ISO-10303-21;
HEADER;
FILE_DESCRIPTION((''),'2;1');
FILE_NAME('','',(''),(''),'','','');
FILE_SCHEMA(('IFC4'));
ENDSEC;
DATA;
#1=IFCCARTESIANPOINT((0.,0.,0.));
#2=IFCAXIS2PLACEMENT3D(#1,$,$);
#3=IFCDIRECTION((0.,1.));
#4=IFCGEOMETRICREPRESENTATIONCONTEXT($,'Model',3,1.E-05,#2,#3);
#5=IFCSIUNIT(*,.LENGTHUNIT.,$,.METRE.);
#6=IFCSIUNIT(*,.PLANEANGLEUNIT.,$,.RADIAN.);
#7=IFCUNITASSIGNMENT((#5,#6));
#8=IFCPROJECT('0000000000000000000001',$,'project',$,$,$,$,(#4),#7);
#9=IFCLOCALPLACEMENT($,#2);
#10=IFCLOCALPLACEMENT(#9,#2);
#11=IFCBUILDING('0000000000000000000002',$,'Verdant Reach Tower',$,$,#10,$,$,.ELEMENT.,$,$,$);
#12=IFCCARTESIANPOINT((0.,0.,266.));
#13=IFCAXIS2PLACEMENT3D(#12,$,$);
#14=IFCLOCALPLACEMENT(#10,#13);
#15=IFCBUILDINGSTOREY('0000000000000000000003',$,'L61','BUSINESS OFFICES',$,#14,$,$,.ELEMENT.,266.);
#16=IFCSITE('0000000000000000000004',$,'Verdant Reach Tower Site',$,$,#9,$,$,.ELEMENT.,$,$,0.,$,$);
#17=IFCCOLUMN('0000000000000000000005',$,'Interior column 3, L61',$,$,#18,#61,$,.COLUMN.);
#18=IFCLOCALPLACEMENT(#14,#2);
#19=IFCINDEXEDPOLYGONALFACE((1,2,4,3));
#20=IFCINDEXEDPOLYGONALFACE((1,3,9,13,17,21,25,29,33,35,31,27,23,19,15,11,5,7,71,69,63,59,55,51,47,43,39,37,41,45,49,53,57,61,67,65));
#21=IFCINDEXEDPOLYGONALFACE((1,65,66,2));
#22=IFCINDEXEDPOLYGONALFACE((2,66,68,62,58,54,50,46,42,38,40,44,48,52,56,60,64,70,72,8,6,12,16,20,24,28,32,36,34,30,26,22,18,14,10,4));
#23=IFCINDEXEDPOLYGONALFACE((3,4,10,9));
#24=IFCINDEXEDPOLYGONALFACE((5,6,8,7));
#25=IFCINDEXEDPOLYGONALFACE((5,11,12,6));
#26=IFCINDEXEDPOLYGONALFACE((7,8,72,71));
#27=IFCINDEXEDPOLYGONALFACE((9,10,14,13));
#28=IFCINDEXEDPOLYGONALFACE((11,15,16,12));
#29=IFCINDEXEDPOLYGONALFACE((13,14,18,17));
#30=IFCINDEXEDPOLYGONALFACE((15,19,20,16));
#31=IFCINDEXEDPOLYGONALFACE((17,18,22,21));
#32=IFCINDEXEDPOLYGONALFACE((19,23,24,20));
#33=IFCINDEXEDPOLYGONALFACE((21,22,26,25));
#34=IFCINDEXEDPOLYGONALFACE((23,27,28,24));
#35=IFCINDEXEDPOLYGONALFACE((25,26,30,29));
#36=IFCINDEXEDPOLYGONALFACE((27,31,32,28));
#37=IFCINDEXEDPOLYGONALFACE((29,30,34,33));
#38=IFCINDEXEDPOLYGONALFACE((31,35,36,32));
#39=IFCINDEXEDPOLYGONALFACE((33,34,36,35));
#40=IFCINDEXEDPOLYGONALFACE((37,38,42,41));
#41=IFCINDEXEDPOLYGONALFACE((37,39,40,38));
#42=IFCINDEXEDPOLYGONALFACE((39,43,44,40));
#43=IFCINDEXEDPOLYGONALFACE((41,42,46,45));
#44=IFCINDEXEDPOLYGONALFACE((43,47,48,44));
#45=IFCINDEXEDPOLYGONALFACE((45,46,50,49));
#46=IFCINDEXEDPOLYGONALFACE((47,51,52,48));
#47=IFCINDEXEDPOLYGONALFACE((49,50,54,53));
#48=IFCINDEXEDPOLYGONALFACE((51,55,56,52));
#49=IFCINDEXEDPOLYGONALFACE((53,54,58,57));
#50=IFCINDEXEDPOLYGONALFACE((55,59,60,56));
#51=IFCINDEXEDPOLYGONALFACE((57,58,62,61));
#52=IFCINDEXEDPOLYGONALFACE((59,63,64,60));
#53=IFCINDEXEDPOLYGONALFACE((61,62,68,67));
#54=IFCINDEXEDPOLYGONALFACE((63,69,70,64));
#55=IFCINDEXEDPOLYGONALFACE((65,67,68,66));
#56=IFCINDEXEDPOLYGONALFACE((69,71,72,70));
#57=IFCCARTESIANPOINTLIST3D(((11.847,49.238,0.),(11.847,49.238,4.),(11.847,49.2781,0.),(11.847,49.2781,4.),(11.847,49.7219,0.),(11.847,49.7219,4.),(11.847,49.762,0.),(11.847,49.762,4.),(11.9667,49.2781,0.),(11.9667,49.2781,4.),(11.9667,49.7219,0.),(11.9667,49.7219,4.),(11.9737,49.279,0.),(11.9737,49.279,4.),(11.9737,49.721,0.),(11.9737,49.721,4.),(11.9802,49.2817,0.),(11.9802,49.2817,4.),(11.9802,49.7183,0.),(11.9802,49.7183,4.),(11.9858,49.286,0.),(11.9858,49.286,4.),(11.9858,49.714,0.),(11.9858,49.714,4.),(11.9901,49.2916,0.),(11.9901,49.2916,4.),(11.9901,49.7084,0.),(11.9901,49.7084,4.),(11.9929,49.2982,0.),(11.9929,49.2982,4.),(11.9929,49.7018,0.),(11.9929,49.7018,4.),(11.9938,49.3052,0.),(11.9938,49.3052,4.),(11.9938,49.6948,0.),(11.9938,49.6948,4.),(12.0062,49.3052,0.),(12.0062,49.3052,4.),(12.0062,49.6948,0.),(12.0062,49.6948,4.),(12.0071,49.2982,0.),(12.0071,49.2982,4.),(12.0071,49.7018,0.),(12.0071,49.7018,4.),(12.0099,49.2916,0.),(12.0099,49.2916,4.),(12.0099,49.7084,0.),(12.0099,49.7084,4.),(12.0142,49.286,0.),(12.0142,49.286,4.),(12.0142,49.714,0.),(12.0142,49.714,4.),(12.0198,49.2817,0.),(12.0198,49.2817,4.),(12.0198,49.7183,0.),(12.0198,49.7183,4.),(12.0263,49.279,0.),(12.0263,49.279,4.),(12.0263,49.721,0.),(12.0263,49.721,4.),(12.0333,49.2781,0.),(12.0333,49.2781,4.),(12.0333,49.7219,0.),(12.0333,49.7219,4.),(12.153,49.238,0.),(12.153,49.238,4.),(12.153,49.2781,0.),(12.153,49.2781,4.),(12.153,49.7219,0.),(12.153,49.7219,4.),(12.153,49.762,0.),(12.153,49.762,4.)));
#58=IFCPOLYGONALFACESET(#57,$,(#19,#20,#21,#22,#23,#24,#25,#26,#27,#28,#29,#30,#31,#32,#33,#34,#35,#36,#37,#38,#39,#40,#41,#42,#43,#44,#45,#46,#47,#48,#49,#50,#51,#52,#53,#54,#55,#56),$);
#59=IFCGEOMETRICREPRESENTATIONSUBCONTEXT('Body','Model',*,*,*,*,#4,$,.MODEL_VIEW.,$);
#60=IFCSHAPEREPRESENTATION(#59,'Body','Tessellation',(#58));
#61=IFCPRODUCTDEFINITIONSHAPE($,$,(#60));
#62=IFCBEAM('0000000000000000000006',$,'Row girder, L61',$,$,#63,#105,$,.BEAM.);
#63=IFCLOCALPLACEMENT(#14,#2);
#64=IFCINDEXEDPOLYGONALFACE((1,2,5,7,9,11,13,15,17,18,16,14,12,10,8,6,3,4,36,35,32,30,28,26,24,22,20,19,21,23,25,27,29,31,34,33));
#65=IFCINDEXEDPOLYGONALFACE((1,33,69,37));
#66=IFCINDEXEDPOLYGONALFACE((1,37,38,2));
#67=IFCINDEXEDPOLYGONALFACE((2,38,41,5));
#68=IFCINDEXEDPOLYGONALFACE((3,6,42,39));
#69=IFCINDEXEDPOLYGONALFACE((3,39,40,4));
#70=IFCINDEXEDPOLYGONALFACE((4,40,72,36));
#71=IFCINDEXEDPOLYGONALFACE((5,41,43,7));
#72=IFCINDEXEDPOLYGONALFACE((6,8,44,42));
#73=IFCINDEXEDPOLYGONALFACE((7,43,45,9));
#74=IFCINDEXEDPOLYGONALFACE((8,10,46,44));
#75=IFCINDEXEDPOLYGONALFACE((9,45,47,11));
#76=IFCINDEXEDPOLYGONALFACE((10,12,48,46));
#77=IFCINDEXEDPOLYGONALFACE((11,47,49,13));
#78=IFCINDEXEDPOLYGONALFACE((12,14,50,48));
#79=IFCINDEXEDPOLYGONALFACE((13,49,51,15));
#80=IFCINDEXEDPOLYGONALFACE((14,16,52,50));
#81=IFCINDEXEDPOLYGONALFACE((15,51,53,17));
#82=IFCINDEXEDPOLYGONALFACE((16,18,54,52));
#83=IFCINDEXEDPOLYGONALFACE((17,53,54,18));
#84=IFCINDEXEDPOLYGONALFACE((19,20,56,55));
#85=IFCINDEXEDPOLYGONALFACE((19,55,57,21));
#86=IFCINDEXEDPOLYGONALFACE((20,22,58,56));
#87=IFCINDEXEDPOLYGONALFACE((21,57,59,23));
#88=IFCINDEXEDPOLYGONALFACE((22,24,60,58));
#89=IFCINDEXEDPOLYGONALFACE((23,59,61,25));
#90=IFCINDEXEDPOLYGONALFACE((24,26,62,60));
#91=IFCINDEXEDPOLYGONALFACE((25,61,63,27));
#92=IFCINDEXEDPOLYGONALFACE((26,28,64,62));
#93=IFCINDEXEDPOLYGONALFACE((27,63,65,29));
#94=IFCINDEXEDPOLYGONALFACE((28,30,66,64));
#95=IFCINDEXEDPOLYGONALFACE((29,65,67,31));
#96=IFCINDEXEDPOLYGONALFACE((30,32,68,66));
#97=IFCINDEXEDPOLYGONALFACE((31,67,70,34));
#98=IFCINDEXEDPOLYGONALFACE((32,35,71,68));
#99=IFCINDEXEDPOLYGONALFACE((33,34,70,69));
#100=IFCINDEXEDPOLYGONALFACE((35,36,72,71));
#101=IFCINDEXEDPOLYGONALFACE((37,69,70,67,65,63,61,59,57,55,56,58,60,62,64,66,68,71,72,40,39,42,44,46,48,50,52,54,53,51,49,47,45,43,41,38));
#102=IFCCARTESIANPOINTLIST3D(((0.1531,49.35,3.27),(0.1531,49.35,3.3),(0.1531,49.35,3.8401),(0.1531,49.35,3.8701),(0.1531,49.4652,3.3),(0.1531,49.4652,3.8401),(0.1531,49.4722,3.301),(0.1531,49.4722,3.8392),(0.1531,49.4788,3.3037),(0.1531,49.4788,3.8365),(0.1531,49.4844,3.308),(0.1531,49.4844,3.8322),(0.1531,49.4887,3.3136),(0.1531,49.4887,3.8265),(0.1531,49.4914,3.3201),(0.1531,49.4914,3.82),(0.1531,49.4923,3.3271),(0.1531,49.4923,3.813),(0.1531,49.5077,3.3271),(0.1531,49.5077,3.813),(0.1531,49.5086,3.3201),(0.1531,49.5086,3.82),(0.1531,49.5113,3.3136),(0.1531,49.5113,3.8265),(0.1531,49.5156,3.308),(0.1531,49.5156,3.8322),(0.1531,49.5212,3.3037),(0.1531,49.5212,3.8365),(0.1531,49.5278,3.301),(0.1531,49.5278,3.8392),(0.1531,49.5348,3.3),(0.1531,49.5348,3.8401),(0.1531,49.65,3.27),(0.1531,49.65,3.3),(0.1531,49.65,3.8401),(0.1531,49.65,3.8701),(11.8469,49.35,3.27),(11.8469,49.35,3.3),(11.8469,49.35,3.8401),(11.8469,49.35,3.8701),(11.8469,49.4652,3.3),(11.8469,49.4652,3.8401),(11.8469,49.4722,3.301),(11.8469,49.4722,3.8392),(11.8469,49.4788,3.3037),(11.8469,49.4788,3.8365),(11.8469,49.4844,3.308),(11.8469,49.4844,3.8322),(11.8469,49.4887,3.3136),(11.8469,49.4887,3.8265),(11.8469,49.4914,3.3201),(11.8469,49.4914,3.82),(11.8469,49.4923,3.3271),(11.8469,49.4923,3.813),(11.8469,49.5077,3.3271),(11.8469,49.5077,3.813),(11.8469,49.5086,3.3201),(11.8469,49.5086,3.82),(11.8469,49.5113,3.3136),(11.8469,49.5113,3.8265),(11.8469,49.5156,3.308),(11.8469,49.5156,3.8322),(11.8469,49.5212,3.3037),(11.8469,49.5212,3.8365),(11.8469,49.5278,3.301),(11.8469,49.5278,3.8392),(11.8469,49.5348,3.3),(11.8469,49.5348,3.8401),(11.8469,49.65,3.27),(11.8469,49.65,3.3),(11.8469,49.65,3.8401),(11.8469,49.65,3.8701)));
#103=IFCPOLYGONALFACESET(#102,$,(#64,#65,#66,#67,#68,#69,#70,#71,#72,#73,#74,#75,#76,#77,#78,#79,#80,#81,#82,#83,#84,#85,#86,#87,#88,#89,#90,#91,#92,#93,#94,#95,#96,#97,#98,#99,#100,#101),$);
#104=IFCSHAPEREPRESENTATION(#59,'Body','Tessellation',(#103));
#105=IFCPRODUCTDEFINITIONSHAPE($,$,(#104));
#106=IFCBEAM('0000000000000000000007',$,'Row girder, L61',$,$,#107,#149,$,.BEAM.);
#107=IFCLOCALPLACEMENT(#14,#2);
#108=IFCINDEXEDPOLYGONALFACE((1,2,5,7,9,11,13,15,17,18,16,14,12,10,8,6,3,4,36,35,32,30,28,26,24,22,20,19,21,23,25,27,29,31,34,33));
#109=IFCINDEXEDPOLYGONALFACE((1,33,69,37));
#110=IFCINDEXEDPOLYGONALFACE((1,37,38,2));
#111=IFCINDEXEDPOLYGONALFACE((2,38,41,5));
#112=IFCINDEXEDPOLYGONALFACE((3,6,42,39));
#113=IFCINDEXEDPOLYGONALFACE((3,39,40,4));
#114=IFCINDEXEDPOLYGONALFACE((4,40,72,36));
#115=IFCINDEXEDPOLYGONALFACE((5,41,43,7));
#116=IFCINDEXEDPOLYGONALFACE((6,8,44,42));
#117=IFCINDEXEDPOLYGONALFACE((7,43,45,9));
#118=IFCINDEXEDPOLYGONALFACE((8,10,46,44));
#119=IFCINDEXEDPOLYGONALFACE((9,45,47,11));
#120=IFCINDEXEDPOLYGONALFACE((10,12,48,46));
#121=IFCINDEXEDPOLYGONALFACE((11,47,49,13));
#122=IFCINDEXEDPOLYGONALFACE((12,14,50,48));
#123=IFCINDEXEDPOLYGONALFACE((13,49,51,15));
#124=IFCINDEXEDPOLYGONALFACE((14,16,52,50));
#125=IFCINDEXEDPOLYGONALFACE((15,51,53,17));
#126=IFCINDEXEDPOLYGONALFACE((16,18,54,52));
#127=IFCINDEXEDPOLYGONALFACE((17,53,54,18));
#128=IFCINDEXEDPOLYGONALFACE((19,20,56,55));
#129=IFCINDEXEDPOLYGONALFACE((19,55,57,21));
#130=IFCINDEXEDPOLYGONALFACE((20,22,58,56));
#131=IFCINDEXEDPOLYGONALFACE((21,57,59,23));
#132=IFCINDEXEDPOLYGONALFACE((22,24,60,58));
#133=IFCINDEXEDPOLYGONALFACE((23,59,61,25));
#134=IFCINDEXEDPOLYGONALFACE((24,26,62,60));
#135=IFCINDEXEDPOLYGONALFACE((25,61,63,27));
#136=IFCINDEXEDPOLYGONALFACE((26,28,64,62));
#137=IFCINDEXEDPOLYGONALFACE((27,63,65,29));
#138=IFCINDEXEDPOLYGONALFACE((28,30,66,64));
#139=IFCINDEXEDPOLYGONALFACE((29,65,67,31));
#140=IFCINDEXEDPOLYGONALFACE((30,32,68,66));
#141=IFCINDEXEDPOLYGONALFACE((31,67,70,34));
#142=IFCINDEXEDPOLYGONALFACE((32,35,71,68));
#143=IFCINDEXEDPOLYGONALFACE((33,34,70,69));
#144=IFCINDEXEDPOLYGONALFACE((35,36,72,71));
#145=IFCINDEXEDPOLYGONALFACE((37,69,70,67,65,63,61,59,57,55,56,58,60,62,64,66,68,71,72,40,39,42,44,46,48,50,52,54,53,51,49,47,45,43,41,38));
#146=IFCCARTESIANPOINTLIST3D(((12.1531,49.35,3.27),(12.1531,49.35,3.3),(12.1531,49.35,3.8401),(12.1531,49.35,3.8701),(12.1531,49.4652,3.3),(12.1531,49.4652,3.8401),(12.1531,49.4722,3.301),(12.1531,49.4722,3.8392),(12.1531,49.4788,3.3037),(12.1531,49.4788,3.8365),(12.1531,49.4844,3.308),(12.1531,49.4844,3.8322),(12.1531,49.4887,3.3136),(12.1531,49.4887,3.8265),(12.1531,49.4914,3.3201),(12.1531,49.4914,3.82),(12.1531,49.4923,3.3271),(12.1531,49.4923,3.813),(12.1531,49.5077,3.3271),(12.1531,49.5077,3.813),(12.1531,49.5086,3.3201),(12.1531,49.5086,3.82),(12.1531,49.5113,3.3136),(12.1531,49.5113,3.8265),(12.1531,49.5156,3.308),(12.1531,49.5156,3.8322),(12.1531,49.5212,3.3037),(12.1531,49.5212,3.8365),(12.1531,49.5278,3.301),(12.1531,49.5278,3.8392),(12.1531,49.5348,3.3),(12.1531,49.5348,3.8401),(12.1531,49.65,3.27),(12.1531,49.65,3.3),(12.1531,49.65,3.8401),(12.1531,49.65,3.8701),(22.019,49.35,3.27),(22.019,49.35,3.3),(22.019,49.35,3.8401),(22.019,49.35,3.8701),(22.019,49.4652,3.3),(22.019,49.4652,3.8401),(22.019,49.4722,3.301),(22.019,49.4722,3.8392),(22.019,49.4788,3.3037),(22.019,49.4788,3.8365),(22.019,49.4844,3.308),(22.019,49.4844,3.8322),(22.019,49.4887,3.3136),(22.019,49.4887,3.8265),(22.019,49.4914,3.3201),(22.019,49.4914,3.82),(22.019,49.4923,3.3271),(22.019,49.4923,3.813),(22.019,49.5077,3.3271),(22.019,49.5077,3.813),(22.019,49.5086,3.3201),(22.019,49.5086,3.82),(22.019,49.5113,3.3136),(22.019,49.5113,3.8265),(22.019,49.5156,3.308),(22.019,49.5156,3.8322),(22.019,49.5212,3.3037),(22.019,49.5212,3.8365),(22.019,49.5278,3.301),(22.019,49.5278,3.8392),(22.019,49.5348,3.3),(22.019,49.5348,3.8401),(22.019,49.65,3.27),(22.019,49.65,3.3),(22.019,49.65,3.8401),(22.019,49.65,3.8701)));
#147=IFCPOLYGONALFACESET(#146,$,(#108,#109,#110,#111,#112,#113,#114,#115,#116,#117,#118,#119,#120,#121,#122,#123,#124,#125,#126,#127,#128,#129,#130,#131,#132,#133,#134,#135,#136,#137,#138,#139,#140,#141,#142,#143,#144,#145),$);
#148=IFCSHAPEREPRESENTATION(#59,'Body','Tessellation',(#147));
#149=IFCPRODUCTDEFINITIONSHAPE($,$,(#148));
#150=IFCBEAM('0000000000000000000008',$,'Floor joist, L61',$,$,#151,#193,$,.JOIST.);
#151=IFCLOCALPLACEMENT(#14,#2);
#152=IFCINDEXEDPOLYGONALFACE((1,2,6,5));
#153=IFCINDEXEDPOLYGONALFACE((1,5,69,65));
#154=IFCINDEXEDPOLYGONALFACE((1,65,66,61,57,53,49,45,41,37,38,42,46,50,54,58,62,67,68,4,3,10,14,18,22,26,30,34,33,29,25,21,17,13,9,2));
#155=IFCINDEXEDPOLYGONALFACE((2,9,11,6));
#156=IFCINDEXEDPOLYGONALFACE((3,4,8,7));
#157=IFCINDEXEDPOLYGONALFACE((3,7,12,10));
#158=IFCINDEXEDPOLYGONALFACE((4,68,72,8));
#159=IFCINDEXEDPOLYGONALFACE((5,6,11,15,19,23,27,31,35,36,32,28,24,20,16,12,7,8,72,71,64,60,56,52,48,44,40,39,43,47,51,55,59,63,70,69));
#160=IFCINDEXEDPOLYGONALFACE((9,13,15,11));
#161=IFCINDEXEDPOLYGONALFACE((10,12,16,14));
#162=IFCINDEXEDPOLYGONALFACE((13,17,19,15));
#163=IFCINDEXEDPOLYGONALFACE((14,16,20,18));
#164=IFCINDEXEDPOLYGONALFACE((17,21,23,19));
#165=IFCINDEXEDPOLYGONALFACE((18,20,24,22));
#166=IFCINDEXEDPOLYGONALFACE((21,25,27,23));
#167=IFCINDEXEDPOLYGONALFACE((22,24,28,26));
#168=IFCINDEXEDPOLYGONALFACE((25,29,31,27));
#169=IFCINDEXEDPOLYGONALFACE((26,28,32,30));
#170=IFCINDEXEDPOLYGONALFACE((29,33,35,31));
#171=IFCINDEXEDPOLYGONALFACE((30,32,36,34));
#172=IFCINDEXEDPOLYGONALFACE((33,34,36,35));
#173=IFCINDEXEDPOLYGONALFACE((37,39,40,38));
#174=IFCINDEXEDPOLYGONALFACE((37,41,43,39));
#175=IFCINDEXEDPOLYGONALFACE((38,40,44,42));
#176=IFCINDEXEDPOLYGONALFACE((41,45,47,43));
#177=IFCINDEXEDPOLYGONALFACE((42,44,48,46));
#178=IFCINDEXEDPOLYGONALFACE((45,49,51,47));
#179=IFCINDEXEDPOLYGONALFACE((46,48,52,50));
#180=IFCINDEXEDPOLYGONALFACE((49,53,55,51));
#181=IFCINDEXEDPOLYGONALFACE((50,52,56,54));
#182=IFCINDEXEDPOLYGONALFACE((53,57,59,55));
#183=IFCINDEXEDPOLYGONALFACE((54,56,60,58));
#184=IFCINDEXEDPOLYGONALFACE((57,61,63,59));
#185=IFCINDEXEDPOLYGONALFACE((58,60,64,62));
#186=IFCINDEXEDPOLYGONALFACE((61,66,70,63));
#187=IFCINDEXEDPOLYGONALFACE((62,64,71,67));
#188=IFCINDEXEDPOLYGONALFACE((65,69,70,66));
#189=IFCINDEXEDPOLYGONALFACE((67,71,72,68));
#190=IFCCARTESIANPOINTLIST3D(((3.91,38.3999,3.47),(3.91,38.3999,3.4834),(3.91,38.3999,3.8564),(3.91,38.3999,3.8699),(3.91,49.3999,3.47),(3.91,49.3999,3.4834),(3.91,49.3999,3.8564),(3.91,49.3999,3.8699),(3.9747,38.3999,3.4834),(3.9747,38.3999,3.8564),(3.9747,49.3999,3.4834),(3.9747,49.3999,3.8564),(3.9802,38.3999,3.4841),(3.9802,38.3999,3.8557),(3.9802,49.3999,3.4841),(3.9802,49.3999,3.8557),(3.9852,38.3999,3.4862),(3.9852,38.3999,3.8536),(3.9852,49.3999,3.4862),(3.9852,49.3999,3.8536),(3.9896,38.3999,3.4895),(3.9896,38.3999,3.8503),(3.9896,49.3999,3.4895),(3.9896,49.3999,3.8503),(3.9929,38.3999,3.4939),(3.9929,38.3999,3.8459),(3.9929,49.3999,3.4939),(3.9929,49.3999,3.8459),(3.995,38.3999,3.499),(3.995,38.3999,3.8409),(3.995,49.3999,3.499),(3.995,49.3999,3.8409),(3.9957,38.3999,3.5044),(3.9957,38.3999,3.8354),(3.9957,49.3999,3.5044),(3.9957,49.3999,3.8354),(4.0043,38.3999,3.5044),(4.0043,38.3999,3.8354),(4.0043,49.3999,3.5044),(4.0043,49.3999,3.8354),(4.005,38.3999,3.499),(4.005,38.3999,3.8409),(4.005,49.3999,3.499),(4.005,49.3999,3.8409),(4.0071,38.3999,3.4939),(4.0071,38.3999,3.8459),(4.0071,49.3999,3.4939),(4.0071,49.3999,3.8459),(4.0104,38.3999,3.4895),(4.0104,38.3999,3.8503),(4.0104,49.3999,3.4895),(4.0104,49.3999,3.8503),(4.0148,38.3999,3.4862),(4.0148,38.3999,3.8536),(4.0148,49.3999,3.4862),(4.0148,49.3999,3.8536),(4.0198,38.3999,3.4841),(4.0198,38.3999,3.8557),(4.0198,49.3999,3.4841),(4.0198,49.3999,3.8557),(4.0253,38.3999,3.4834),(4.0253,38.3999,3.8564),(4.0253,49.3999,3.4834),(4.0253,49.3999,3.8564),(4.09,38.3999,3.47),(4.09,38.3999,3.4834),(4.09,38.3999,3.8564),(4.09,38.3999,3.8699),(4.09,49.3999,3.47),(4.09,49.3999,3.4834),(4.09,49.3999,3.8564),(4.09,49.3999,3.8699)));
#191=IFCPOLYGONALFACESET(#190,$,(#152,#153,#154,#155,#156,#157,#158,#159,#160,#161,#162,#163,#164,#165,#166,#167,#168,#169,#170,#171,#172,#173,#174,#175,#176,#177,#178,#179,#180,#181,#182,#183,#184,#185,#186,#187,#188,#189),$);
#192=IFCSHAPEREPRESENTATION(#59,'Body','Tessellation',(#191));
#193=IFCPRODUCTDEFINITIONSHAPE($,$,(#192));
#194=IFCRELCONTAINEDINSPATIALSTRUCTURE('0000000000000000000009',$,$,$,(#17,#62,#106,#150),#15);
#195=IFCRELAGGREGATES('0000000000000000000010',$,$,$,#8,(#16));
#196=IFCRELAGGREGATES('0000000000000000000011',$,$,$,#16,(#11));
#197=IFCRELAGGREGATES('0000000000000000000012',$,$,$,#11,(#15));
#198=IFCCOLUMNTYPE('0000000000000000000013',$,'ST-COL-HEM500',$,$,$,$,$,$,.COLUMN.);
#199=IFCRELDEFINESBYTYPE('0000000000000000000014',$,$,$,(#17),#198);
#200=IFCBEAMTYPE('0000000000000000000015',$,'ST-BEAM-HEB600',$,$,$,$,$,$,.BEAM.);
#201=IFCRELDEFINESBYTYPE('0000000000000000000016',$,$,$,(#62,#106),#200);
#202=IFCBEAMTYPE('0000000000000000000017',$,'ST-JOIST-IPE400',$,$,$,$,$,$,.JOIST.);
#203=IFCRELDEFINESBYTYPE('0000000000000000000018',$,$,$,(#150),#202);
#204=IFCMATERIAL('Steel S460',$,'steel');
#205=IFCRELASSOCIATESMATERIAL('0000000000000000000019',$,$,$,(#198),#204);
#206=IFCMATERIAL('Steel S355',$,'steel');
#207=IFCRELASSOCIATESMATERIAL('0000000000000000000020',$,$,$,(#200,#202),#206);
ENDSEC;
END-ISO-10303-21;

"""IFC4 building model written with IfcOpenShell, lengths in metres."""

from ifc_helpers import new_model, si_unit, direction, frame, origin, origin_2d, place, context, subcontext, project, spatial, i_section, extrude, material, material_profile, profile_set, type_object, element, save


model = new_model("IFC4")

# Units and contexts
model_context = context("Model", 3, precision=1e-05, world=origin(), true_north=direction((0.0, 1.0)))
body_context = subcontext(model_context, "Body", "Model", "MODEL_VIEW")
ifc_project = project(units=[si_unit("LENGTHUNIT", "METRE"), si_unit("PLANEANGLEUNIT", "RADIAN")], contexts=[model_context])

# Site, building, storey
site_placement = place(None, origin())
site = spatial("IfcSite", under=ifc_project, at=site_placement, Name="Verdant Reach Tower Site", CompositionType="ELEMENT", RefElevation=0.0)
building_placement = place(site_placement, origin())
building = spatial("IfcBuilding", under=site, at=building_placement, Name="Verdant Reach Tower", CompositionType="ELEMENT")
storey_placement = place(building_placement, frame((0.0, 0.0, 266.0)))
storey = spatial("IfcBuildingStorey", under=building, at=storey_placement, Name="L61", Description="BUSINESS OFFICES", CompositionType="ELEMENT", Elevation=266.0)

# Column
ifc_material_1 = material(Name="Steel S460", Category="steel")
ifc_material_profile_1 = material_profile(ifc_material_1, i_section(OverallWidth=0.3059, OverallDepth=0.5239, WebThickness=0.0125, FlangeThickness=0.04, FilletRadius=0.0271, at=origin_2d()), Name="HEM 500")
ifc_profile_set_1 = profile_set([ifc_material_profile_1], Name="Steel S460")
column_type = type_object("IfcColumnType", Name="ST-COL-HEM500", PredefinedType="COLUMN", material=ifc_profile_set_1)
column_placement = place(storey_placement, frame((12.0, 49.5, 0.0), z_axis=(0.0, 0.0, 1.0), x_axis=(1.0, 0.0, 0.0)))
element("IfcColumn", 1, at=column_placement, inside=storey, type_object=column_type, Name="Interior column 3, L61", PredefinedType="COLUMN", context=body_context, shape_type="SweptSolid", body=[
    extrude(i_section(OverallWidth=0.3059, OverallDepth=0.5239, WebThickness=0.0125, FlangeThickness=0.04, FilletRadius=0.0271, at=origin_2d()), origin(), (0.0, 0.0, 1.0), 4.0),
])

# Beams
ifc_material_2 = material(Name="Steel S355", Category="steel")
ifc_material_profile_2 = material_profile(ifc_material_2, i_section(OverallWidth=0.3, OverallDepth=0.6001, WebThickness=0.0154, FlangeThickness=0.03, FilletRadius=0.0271, at=origin_2d()), Name="HEB 600")
ifc_profile_set_2 = profile_set([ifc_material_profile_2], Name="Steel S355")
beam_type_1 = type_object("IfcBeamType", Name="ST-BEAM-HEB600", PredefinedType="BEAM", material=ifc_profile_set_2)
beam_1_placement = place(storey_placement, frame((0.1531, 49.5, 3.5701), z_axis=(1.0, 0.0, 0.0), x_axis=(0.0, 1.0, 0.0)))
element("IfcBeam", 2, at=beam_1_placement, inside=storey, type_object=beam_type_1, Name="Row girder, L61", PredefinedType="BEAM", context=body_context, shape_type="SweptSolid", body=[
    extrude(i_section(OverallWidth=0.3, OverallDepth=0.6001, WebThickness=0.0154, FlangeThickness=0.03, FilletRadius=0.0271, at=origin_2d()), origin(), (0.0, 0.0, 1.0), 11.6938),
])
beam_2_placement = place(storey_placement, frame((12.1531, 49.5, 3.5701), z_axis=(1.0, 0.0, 0.0), x_axis=(0.0, 1.0, 0.0)))
element("IfcBeam", 3, at=beam_2_placement, inside=storey, type_object=beam_type_1, Name="Row girder, L61", PredefinedType="BEAM", context=body_context, shape_type="SweptSolid", body=[
    extrude(i_section(OverallWidth=0.3, OverallDepth=0.6001, WebThickness=0.0154, FlangeThickness=0.03, FilletRadius=0.0271, at=origin_2d()), origin(), (0.0, 0.0, 1.0), 9.866),
])
ifc_material_profile_3 = material_profile(ifc_material_2, i_section(OverallWidth=0.1799, OverallDepth=0.3999, WebThickness=0.0085, FlangeThickness=0.0134, FilletRadius=0.021, at=origin_2d()), Name="IPE 400")
ifc_profile_set_3 = profile_set([ifc_material_profile_3], Name="Steel S355")
beam_type_2 = type_object("IfcBeamType", Name="ST-JOIST-IPE400", PredefinedType="JOIST", material=ifc_profile_set_3)
for number, where, z_axis, x_axis, name in (
    (4, (4.0, 38.3999, 3.6699), (0.0, 1.0, 0.0), (-1.0, 0.0, 0.0), "Floor joist, L61"),
):
    element("IfcBeam", number, at=place(storey_placement, frame(where, z_axis=z_axis, x_axis=x_axis)), inside=storey, type_object=beam_type_2, Name=name, PredefinedType="JOIST", context=body_context, shape_type="SweptSolid", body=[
        extrude(i_section(OverallWidth=0.1799, OverallDepth=0.3999, WebThickness=0.0085, FlangeThickness=0.0134, FilletRadius=0.021, at=origin_2d()), origin(), (0.0, 0.0, 1.0), 11.0),
    ])

save(model, "model.ifc")
